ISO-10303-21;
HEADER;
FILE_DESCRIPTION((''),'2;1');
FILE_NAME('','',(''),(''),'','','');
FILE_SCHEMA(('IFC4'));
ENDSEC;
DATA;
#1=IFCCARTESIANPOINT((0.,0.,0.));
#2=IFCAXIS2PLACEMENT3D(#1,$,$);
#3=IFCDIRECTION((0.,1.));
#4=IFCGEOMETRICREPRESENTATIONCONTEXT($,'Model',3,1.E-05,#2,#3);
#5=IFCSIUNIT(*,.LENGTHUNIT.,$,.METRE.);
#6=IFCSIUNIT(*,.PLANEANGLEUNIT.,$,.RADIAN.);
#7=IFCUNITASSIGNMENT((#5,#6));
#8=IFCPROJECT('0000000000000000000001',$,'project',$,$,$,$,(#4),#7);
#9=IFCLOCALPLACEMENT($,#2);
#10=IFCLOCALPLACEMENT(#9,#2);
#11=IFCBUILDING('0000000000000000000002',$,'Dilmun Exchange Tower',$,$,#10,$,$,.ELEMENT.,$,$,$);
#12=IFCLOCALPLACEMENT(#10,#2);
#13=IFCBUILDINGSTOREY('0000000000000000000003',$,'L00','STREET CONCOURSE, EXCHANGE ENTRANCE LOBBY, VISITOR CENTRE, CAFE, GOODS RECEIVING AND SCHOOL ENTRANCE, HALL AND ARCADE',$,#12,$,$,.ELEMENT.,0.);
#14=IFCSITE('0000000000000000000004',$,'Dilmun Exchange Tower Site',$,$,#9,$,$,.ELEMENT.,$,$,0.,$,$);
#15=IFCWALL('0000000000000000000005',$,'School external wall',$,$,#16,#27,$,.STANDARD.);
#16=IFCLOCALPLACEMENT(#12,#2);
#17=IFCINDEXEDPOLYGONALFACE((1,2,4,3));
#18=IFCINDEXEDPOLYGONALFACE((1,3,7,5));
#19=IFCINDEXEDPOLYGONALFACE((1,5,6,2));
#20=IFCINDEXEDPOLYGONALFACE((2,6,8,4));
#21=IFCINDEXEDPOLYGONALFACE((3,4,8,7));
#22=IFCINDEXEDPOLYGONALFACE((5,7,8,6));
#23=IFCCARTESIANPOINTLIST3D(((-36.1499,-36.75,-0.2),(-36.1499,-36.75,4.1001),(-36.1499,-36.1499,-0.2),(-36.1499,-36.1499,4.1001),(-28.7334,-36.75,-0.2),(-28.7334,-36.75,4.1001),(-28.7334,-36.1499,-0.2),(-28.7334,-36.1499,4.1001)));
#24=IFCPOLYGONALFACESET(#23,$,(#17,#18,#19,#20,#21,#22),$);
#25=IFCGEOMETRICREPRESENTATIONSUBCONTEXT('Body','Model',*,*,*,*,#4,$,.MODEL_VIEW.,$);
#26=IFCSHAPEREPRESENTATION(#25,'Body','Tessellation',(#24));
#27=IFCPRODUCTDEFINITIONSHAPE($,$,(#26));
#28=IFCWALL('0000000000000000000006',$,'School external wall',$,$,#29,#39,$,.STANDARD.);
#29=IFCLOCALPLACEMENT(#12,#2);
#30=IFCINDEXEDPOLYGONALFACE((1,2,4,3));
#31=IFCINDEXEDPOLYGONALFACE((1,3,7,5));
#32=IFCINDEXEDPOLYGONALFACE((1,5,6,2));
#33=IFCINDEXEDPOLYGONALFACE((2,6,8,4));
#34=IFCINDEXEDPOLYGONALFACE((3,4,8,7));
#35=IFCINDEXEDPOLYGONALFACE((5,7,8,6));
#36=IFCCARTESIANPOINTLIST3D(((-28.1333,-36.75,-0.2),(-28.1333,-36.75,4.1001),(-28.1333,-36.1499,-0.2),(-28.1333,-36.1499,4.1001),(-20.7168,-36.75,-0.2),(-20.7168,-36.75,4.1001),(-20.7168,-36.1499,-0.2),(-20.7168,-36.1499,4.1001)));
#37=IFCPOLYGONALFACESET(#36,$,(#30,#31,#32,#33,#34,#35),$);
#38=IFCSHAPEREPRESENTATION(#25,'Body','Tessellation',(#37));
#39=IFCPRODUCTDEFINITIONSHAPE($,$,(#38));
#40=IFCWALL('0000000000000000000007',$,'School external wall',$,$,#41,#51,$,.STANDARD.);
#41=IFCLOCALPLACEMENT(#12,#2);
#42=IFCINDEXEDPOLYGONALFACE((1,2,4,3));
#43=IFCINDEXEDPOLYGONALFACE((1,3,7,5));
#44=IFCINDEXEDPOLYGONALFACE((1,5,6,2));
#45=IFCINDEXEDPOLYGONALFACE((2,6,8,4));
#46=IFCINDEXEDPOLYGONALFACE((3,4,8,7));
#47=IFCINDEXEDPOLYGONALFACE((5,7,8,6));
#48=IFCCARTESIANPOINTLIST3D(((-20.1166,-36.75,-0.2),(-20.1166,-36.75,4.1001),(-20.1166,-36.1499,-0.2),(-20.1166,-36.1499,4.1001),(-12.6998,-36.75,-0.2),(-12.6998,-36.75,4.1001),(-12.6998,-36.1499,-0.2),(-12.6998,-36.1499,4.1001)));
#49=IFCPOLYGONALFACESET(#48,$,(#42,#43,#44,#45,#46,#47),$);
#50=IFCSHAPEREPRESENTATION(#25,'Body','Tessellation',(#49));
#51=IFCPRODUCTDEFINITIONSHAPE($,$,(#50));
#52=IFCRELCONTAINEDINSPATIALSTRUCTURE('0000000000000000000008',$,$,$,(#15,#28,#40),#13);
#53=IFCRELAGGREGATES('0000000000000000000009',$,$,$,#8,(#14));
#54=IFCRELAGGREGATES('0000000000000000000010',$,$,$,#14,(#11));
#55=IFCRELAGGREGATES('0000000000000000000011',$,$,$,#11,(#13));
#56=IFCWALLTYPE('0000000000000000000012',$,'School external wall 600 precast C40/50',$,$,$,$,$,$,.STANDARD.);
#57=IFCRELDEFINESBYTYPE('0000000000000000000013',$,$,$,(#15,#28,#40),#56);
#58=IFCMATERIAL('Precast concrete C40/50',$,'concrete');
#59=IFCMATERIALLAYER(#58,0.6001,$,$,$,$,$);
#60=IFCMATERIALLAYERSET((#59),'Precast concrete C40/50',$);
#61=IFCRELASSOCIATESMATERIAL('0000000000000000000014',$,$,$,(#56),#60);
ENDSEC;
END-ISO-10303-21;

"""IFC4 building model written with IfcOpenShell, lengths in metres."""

from ifc_helpers import new_model, si_unit, direction, frame, frame_2d, origin, place, context, subcontext, project, spatial, rectangle, extrude, material, layer, layer_set, type_object, element, save


model = new_model("IFC4")

# Units and contexts
model_context = context("Model", 3, precision=1e-05, world=origin(), true_north=direction((0.0, 1.0)))
body_context = subcontext(model_context, "Body", "Model", "MODEL_VIEW")
ifc_project = project(units=[si_unit("LENGTHUNIT", "METRE"), si_unit("PLANEANGLEUNIT", "RADIAN")], contexts=[model_context])

# Site, building, storey
site_placement = place(None, origin())
site = spatial("IfcSite", under=ifc_project, at=site_placement, Name="Dilmun Exchange Tower Site", CompositionType="ELEMENT", RefElevation=0.0)
building_placement = place(site_placement, origin())
building = spatial("IfcBuilding", under=site, at=building_placement, Name="Dilmun Exchange Tower", CompositionType="ELEMENT")
storey_placement = place(building_placement, origin())
storey = spatial("IfcBuildingStorey", under=building, at=storey_placement, Name="L00", Description="STREET CONCOURSE, EXCHANGE ENTRANCE LOBBY, VISITOR CENTRE, CAFE, GOODS RECEIVING AND SCHOOL ENTRANCE, HALL AND ARCADE", CompositionType="ELEMENT", Elevation=0.0)

# Walls
ifc_material_1 = material(Name="Precast concrete C40/50", Category="concrete")
ifc_layer_1 = layer(ifc_material_1, 0.6001)
ifc_layer_set_1 = layer_set([ifc_layer_1], Name="Precast concrete C40/50")
wall_type_1 = type_object("IfcWallType", Name="School external wall 600 precast C40/50", PredefinedType="STANDARD", material=ifc_layer_set_1)
for number, where, z_axis, x_axis, name in (
    (1, (-36.1499, -36.45, -0.2), (0.0, 0.0, 1.0), (1.0, 0.0, 0.0), "School external wall"),
    (2, (-28.1333, -36.45, -0.2), (0.0, 0.0, 1.0), (1.0, 0.0, 0.0), "School external wall"),
):
    element("IfcWall", number, at=place(storey_placement, frame(where, z_axis=z_axis, x_axis=x_axis)), inside=storey, type_object=wall_type_1, Name=name, PredefinedType="STANDARD", context=body_context, shape_type="SweptSolid", body=[
        extrude(rectangle(XDim=7.4165, YDim=0.6001, at=frame_2d((3.7083, 0.0))), origin(), (0.0, 0.0, 1.0), 4.3),
    ])
wall_1_placement = place(storey_placement, frame((-20.1167, -36.45, -0.2), z_axis=(0.0, 0.0, 1.0), x_axis=(1.0, 0.0, 0.0)))
element("IfcWall", 3, at=wall_1_placement, inside=storey, type_object=wall_type_1, Name="School external wall", PredefinedType="STANDARD", context=body_context, shape_type="SweptSolid", body=[
    extrude(rectangle(XDim=7.4167, YDim=0.6001, at=frame_2d((3.7085, 0.0))), origin(), (0.0, 0.0, 1.0), 4.3),
])

save(model, "model.ifc")
